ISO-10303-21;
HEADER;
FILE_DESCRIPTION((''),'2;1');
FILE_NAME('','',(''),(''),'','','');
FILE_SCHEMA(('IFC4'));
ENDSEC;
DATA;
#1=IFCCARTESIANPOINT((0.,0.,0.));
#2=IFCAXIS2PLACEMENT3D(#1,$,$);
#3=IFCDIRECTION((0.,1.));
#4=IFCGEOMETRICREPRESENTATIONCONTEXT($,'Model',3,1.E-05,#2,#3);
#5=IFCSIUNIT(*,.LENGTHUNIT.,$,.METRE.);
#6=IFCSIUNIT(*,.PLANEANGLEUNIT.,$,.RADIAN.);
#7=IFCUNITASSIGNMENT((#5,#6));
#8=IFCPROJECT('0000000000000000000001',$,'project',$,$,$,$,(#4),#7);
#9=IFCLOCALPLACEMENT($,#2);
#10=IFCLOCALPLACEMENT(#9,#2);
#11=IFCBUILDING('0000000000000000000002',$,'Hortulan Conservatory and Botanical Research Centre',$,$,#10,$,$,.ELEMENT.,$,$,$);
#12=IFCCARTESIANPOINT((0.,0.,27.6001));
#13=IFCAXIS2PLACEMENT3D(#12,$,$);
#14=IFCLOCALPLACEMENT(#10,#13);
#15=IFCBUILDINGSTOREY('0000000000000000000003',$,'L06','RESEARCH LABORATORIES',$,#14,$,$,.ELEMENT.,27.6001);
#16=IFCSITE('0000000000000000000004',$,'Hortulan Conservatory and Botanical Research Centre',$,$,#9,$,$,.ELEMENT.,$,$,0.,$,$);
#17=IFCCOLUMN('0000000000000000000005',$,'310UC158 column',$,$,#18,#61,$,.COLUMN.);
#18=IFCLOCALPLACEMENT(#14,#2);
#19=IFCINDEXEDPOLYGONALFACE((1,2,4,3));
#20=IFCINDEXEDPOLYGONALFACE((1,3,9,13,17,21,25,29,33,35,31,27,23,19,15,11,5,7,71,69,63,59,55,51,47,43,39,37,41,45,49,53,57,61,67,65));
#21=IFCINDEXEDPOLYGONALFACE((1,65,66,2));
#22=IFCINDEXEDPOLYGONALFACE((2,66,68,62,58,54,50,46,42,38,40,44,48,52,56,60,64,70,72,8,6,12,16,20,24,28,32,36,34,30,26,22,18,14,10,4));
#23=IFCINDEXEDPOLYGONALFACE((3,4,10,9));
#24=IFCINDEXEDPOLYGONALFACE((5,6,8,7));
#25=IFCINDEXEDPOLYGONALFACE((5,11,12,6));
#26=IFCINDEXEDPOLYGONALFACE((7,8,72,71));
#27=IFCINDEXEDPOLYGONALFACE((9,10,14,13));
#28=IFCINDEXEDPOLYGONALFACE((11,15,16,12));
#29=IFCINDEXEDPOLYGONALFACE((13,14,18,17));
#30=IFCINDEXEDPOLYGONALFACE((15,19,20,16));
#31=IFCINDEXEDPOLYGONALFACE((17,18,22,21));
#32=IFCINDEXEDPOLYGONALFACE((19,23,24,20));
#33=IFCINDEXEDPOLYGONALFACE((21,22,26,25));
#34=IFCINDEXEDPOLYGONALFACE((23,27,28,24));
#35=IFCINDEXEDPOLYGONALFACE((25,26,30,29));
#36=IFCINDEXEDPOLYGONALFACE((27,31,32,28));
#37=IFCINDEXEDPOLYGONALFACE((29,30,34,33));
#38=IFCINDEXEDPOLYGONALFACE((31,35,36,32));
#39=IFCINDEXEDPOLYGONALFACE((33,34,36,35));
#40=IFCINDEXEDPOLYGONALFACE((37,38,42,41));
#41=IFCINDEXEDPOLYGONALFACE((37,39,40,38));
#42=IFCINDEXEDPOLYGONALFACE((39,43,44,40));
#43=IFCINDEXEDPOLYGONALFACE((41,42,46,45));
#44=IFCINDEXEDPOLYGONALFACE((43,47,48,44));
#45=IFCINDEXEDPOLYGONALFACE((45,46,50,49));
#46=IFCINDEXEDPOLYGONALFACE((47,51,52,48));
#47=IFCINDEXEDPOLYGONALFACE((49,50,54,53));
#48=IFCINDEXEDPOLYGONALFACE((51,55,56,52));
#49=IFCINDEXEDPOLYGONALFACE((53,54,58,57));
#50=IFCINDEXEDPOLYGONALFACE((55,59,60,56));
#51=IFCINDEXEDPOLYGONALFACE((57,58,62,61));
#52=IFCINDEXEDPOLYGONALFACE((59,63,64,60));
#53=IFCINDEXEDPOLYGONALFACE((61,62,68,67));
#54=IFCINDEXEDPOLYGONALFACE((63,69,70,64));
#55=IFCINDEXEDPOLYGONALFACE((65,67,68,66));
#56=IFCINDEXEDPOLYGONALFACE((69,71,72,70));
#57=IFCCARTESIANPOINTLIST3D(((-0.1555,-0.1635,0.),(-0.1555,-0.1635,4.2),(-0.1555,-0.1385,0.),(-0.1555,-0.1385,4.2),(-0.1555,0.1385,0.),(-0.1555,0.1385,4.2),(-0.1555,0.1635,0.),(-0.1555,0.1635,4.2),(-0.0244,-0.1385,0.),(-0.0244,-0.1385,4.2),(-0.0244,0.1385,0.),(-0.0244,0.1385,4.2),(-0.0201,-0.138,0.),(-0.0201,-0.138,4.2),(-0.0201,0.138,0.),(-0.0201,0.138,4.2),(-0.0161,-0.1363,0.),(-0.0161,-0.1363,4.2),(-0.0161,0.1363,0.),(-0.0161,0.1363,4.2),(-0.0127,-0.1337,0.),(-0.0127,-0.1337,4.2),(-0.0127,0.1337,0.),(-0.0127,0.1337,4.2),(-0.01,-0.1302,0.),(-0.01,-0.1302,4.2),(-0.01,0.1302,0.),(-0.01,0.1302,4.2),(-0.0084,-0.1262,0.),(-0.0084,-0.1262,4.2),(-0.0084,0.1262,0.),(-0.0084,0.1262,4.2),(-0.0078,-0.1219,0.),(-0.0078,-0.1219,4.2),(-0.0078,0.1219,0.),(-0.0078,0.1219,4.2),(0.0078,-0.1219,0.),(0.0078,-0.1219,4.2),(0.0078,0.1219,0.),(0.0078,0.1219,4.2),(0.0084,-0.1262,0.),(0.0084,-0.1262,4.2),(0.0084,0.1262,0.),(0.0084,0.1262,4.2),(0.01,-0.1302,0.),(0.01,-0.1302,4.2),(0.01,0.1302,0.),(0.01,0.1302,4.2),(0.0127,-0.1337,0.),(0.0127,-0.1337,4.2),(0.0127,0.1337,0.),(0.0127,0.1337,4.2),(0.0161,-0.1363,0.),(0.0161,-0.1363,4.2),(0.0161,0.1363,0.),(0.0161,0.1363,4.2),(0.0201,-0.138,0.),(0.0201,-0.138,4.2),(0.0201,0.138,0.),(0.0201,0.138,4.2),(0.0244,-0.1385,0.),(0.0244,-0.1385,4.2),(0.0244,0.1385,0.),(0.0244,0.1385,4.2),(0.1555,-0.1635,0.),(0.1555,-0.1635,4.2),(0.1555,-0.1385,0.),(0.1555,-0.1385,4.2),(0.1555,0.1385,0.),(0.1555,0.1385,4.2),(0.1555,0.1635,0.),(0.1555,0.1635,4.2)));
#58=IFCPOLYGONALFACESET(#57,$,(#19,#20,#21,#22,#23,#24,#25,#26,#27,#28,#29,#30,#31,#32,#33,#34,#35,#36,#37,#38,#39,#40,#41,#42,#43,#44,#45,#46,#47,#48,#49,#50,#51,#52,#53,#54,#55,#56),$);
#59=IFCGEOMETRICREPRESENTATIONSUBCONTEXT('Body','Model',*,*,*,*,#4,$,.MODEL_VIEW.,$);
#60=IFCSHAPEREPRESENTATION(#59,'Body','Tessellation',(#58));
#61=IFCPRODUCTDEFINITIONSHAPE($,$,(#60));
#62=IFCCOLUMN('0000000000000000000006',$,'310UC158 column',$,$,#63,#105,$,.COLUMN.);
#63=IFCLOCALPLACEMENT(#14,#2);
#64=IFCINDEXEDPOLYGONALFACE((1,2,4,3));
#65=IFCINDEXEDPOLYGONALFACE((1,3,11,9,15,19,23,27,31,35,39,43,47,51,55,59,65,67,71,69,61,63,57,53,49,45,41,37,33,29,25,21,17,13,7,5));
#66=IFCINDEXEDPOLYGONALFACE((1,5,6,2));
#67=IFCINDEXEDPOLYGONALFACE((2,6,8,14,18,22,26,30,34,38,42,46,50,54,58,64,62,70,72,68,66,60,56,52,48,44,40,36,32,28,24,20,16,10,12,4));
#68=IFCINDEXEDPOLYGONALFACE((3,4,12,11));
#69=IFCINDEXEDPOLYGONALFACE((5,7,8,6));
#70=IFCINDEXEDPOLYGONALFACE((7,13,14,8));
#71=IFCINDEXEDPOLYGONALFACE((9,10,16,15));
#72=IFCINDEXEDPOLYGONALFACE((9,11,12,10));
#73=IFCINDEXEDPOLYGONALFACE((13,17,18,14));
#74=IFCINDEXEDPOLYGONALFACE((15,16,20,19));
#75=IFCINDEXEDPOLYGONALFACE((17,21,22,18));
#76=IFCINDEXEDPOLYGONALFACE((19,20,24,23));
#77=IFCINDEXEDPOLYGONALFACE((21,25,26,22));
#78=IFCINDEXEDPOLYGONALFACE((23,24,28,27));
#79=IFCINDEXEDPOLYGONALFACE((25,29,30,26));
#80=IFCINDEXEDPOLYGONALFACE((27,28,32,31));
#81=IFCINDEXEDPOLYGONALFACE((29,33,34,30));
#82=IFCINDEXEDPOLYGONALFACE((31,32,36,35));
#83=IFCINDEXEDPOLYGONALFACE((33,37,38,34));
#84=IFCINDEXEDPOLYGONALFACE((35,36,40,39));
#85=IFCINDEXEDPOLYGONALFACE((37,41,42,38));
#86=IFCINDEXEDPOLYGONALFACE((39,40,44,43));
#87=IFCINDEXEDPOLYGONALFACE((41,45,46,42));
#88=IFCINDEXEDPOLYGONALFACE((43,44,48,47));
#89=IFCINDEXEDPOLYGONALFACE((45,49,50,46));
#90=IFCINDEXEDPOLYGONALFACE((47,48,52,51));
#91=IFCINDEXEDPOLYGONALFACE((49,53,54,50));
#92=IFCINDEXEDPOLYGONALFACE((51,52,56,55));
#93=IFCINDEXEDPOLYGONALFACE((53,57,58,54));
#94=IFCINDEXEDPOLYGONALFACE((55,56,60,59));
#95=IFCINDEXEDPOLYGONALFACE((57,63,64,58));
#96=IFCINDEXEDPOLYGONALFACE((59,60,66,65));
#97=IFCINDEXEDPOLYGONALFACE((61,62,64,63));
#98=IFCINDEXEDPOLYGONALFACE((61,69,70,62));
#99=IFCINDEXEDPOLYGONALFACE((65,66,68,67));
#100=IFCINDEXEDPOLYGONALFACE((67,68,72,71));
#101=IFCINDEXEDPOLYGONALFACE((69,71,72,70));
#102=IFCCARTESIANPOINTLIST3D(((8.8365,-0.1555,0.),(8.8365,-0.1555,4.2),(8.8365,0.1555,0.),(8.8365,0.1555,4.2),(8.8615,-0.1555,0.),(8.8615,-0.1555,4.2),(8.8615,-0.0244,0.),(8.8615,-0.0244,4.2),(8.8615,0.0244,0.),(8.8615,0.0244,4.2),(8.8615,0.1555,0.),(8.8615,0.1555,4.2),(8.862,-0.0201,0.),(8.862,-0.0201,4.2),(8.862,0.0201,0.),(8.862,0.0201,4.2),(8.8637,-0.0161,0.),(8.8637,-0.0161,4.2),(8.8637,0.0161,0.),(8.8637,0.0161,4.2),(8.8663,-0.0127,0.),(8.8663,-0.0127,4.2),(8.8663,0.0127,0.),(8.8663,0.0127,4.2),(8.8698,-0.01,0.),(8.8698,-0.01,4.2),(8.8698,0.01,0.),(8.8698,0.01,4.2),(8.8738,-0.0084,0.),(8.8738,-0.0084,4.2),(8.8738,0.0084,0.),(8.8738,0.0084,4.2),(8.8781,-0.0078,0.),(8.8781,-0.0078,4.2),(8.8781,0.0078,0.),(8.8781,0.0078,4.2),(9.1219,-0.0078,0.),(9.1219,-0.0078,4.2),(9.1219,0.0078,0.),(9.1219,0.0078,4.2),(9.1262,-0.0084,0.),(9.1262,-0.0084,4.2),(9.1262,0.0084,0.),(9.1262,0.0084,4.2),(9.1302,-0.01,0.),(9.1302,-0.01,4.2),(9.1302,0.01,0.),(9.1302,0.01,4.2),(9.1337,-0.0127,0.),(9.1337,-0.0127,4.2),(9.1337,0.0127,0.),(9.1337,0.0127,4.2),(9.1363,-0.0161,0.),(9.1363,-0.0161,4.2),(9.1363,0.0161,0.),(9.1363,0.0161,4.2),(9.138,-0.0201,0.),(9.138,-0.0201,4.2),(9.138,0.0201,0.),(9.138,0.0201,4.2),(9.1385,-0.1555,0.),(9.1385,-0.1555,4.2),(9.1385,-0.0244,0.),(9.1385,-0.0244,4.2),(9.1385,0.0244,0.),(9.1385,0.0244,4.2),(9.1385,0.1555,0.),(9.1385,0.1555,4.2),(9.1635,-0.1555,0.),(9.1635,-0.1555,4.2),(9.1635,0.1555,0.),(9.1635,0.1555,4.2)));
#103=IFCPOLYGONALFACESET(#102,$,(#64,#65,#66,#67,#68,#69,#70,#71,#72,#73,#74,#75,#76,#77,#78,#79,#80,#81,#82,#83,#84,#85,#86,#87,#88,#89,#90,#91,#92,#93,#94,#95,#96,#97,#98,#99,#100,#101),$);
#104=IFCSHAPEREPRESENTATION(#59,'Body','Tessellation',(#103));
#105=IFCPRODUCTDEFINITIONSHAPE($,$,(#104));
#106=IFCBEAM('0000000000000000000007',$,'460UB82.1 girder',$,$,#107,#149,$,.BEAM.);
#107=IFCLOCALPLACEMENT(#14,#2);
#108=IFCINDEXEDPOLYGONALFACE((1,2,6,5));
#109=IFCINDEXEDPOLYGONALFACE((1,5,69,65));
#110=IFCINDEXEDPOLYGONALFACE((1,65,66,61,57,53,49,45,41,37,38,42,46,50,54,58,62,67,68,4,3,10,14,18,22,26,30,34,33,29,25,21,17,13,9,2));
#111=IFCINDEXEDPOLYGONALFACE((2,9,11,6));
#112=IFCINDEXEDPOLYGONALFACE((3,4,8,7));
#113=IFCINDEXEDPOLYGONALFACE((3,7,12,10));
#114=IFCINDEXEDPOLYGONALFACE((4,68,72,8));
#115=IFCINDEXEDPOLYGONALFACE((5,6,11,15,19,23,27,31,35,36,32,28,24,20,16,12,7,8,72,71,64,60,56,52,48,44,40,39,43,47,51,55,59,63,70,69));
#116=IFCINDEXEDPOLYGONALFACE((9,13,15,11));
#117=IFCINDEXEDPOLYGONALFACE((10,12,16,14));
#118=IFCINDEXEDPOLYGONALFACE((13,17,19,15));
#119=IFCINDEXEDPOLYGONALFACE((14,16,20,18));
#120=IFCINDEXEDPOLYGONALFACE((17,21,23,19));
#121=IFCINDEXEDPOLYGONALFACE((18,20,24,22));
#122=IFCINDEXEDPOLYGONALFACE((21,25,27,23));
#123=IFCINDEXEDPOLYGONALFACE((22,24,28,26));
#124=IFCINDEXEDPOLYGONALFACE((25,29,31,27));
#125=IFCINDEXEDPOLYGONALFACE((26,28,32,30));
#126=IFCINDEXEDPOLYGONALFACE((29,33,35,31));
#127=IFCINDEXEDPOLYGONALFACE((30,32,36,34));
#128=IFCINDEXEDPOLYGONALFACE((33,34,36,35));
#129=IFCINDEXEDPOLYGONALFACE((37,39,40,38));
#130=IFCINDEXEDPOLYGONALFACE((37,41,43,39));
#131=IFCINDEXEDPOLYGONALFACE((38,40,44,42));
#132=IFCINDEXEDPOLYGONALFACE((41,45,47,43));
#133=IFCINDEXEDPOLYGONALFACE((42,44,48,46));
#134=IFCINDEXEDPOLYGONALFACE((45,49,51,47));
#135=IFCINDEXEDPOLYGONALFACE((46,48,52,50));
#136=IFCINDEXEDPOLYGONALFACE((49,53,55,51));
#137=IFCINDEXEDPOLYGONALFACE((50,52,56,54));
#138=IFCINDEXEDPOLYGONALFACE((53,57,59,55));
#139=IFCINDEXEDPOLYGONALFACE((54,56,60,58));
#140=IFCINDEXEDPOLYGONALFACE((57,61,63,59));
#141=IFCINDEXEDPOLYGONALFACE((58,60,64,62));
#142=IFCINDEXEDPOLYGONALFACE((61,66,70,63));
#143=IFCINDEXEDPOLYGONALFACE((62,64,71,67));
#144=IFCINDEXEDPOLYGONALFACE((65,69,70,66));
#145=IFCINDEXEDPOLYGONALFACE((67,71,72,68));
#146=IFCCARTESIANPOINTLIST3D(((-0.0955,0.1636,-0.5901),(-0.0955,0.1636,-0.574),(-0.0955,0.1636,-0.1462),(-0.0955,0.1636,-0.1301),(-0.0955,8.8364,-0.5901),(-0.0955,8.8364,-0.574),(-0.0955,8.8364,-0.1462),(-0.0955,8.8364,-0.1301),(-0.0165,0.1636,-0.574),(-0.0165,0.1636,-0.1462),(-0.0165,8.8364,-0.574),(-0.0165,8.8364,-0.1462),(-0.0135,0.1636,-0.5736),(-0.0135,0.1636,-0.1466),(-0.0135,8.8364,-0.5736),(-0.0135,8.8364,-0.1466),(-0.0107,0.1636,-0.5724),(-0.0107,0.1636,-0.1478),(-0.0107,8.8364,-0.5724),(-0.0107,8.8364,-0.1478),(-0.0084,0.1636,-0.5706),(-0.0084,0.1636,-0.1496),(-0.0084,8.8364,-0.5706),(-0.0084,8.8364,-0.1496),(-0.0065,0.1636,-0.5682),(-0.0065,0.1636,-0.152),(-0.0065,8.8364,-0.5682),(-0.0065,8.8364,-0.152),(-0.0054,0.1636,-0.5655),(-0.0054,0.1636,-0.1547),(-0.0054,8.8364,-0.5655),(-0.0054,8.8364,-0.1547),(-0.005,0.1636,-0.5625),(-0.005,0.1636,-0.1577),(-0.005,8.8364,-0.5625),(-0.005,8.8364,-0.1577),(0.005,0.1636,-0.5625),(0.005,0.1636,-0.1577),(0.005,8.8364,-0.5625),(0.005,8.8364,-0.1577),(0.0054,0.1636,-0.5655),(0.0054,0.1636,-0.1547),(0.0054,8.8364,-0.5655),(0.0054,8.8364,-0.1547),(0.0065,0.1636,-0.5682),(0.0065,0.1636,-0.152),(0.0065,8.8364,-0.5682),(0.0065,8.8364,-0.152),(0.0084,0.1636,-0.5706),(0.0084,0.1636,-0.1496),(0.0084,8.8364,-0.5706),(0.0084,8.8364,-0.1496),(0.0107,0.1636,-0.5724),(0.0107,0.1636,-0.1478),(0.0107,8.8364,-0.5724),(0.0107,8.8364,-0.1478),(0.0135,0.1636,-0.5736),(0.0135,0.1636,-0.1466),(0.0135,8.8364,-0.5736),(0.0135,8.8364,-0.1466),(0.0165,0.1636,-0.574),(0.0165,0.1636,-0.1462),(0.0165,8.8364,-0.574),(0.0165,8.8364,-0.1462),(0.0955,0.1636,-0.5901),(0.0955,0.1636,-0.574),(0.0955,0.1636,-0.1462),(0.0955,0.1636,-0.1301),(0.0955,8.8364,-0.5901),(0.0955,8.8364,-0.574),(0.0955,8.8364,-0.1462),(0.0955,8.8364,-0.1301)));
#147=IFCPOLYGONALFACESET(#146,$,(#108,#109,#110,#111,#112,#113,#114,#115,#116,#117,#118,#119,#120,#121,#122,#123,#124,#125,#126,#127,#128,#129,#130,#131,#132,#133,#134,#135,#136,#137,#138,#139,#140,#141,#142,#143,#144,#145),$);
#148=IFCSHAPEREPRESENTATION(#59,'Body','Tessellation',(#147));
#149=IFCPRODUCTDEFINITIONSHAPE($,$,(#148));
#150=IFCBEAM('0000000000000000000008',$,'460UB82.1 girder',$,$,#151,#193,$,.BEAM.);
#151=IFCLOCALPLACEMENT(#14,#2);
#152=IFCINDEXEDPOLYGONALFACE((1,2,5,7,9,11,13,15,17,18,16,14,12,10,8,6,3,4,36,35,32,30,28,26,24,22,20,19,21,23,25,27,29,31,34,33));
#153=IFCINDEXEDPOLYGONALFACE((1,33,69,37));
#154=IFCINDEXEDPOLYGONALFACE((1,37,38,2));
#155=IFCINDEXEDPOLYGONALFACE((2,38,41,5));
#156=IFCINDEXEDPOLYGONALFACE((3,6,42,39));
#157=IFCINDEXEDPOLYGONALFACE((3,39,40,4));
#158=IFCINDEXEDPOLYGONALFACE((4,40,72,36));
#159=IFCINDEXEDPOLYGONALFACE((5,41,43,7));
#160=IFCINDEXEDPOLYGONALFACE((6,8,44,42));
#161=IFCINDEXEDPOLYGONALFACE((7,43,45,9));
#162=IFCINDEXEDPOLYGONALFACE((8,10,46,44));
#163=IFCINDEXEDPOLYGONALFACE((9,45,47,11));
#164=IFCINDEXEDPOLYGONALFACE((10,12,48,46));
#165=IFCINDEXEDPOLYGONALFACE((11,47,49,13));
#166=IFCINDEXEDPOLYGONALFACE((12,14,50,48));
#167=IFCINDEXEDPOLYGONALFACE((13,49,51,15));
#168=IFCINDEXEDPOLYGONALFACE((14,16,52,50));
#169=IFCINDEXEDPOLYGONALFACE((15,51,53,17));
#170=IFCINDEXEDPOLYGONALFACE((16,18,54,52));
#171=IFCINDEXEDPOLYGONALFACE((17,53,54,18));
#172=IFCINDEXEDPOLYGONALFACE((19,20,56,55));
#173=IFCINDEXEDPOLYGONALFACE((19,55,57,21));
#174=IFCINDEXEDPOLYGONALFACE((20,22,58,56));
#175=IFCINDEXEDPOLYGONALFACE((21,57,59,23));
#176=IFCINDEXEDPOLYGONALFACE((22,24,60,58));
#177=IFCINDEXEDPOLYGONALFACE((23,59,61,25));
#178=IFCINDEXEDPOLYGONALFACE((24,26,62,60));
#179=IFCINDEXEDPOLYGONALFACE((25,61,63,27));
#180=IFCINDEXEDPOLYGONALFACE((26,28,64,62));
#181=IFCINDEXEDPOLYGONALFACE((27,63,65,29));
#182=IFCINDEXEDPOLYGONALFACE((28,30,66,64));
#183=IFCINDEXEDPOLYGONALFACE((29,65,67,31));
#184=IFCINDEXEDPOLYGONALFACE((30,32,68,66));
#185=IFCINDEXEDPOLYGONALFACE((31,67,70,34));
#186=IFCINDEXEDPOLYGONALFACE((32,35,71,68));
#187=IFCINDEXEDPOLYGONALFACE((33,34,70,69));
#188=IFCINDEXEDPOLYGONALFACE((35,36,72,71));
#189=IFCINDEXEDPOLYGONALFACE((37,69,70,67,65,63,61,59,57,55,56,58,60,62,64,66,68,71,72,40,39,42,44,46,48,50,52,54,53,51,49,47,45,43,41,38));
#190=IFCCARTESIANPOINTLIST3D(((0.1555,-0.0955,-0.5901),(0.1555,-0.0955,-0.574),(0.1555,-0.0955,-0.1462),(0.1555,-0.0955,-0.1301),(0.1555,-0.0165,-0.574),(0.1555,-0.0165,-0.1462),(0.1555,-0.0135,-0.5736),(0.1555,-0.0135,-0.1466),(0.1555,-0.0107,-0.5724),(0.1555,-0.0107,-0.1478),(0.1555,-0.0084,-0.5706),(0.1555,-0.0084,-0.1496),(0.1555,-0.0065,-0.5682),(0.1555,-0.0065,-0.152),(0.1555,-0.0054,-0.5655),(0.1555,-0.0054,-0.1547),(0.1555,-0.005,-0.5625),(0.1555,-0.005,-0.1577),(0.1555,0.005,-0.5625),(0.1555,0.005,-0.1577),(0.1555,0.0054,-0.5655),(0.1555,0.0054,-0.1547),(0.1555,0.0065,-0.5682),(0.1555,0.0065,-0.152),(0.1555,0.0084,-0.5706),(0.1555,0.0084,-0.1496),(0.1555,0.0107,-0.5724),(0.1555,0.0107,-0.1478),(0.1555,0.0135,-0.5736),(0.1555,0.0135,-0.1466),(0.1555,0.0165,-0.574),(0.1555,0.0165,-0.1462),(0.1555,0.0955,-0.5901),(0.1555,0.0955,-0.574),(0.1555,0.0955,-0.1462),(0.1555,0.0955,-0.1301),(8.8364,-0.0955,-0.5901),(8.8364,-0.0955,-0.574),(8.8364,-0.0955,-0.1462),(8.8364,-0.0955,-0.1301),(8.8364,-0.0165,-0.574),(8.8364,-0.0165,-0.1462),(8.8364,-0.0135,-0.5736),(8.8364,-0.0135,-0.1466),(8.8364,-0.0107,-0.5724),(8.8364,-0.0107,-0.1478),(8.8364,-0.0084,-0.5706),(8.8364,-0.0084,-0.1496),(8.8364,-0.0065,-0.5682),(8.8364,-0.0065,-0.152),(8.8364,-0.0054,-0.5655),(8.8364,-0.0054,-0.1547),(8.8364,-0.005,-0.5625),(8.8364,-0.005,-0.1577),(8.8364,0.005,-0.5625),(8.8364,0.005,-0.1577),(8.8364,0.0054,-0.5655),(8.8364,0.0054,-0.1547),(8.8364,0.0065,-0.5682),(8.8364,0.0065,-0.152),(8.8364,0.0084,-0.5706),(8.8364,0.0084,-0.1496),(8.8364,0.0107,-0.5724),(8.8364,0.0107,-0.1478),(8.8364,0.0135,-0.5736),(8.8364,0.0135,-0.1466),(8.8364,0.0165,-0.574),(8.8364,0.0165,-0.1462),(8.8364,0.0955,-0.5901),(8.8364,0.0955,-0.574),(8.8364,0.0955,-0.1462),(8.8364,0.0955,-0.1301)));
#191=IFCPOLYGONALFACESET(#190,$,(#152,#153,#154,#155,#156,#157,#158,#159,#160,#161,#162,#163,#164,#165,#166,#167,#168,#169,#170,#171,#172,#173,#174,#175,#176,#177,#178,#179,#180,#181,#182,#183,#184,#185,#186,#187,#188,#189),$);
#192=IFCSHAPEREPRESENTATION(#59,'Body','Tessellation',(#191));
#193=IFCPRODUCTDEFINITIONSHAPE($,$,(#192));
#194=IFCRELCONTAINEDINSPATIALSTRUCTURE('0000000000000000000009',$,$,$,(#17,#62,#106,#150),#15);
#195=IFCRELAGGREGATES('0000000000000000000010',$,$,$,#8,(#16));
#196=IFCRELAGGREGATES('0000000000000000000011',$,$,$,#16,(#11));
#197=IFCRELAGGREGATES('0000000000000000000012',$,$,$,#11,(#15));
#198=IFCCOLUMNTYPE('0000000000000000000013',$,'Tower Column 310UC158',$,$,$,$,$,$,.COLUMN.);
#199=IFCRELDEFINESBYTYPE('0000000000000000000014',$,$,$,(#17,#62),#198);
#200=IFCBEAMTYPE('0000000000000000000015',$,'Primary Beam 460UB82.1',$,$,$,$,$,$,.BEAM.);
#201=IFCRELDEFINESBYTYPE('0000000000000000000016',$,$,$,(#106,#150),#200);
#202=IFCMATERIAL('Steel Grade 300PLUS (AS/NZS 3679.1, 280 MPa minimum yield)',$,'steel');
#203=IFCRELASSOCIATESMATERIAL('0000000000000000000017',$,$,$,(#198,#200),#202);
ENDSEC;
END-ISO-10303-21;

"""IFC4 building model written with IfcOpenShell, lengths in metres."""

from ifc_helpers import new_model, si_unit, direction, frame, origin, origin_2d, place, context, subcontext, project, spatial, i_section, extrude, material, material_profile, profile_set, type_object, element, save


model = new_model("IFC4")

# Units and contexts
model_context = context("Model", 3, precision=1e-05, world=origin(), true_north=direction((0.0, 1.0)))
body_context = subcontext(model_context, "Body", "Model", "MODEL_VIEW")
ifc_project = project(units=[si_unit("LENGTHUNIT", "METRE"), si_unit("PLANEANGLEUNIT", "RADIAN")], contexts=[model_context])

# Site, building, storey
site_placement = place(None, origin())
site = spatial("IfcSite", under=ifc_project, at=site_placement, Name="Hortulan Conservatory and Botanical Research Centre", CompositionType="ELEMENT", RefElevation=0.0)
building_placement = place(site_placement, origin())
building = spatial("IfcBuilding", under=site, at=building_placement, Name="Hortulan Conservatory and Botanical Research Centre", CompositionType="ELEMENT")
storey_placement = place(building_placement, frame((0.0, 0.0, 27.6001)))
storey = spatial("IfcBuildingStorey", under=building, at=storey_placement, Name="L06", Description="RESEARCH LABORATORIES", CompositionType="ELEMENT", Elevation=27.6001)

# Columns
ifc_material_1 = material(Name="Steel Grade 300PLUS (AS/NZS 3679.1, 280 MPa minimum yield)", Category="steel")
ifc_material_profile_1 = material_profile(ifc_material_1, i_section(OverallWidth=0.311, OverallDepth=0.3269, WebThickness=0.0156, FlangeThickness=0.0249, FilletRadius=0.0166, at=origin_2d()), Name="310UC158")
ifc_profile_set_1 = profile_set([ifc_material_profile_1], Name="Steel Grade 300PLUS (AS/NZS 3679.1, 280 MPa minimum yield)")
column_type = type_object("IfcColumnType", Name="Tower Column 310UC158", PredefinedType="COLUMN", material=ifc_profile_set_1)
for number, where, z_axis, x_axis, name in (
    (1, (0.0, 0.0, 0.0), (0.0, 0.0, 1.0), (1.0, 0.0, 0.0), "310UC158 column"),
    (2, (9.0, 0.0, 0.0), (0.0, 0.0, 1.0), (0.0, 1.0, 0.0), "310UC158 column"),
):
    element("IfcColumn", number, at=place(storey_placement, frame(where, z_axis=z_axis, x_axis=x_axis)), inside=storey, type_object=column_type, Name=name, PredefinedType="COLUMN", context=body_context, shape_type="SweptSolid", body=[
        extrude(i_section(OverallWidth=0.311, OverallDepth=0.3269, WebThickness=0.0156, FlangeThickness=0.0249, FilletRadius=0.0166, at=origin_2d()), origin(), (0.0, 0.0, 1.0), 4.2),
    ])

# Beams
ifc_material_profile_2 = material_profile(ifc_material_1, i_section(OverallWidth=0.1909, OverallDepth=0.46, WebThickness=0.01, FlangeThickness=0.0161, FilletRadius=0.0115, at=origin_2d()), Name="460UB82.1")
ifc_profile_set_2 = profile_set([ifc_material_profile_2], Name="Steel Grade 300PLUS (AS/NZS 3679.1, 280 MPa minimum yield)")
beam_type = type_object("IfcBeamType", Name="Primary Beam 460UB82.1", PredefinedType="BEAM", material=ifc_profile_set_2)
beam_1_placement = place(storey_placement, frame((0.0, 0.1636, -0.3601), z_axis=(0.0, 1.0, 0.0), x_axis=(-1.0, 0.0, 0.0)))
element("IfcBeam", 3, at=beam_1_placement, inside=storey, type_object=beam_type, Name="460UB82.1 girder", PredefinedType="BEAM", context=body_context, shape_type="SweptSolid", body=[
    extrude(i_section(OverallWidth=0.1909, OverallDepth=0.46, WebThickness=0.01, FlangeThickness=0.0161, FilletRadius=0.0115, at=origin_2d()), origin(), (0.0, 0.0, 1.0), 8.6729),
])
beam_2_placement = place(storey_placement, frame((0.1555, 0.0, -0.3601), z_axis=(1.0, 0.0, 0.0), x_axis=(0.0, 1.0, 0.0)))
element("IfcBeam", 4, at=beam_2_placement, inside=storey, type_object=beam_type, Name="460UB82.1 girder", PredefinedType="BEAM", context=body_context, shape_type="SweptSolid", body=[
    extrude(i_section(OverallWidth=0.1909, OverallDepth=0.46, WebThickness=0.01, FlangeThickness=0.0161, FilletRadius=0.0115, at=origin_2d()), origin(), (0.0, 0.0, 1.0), 8.6809),
])

save(model, "model.ifc")
